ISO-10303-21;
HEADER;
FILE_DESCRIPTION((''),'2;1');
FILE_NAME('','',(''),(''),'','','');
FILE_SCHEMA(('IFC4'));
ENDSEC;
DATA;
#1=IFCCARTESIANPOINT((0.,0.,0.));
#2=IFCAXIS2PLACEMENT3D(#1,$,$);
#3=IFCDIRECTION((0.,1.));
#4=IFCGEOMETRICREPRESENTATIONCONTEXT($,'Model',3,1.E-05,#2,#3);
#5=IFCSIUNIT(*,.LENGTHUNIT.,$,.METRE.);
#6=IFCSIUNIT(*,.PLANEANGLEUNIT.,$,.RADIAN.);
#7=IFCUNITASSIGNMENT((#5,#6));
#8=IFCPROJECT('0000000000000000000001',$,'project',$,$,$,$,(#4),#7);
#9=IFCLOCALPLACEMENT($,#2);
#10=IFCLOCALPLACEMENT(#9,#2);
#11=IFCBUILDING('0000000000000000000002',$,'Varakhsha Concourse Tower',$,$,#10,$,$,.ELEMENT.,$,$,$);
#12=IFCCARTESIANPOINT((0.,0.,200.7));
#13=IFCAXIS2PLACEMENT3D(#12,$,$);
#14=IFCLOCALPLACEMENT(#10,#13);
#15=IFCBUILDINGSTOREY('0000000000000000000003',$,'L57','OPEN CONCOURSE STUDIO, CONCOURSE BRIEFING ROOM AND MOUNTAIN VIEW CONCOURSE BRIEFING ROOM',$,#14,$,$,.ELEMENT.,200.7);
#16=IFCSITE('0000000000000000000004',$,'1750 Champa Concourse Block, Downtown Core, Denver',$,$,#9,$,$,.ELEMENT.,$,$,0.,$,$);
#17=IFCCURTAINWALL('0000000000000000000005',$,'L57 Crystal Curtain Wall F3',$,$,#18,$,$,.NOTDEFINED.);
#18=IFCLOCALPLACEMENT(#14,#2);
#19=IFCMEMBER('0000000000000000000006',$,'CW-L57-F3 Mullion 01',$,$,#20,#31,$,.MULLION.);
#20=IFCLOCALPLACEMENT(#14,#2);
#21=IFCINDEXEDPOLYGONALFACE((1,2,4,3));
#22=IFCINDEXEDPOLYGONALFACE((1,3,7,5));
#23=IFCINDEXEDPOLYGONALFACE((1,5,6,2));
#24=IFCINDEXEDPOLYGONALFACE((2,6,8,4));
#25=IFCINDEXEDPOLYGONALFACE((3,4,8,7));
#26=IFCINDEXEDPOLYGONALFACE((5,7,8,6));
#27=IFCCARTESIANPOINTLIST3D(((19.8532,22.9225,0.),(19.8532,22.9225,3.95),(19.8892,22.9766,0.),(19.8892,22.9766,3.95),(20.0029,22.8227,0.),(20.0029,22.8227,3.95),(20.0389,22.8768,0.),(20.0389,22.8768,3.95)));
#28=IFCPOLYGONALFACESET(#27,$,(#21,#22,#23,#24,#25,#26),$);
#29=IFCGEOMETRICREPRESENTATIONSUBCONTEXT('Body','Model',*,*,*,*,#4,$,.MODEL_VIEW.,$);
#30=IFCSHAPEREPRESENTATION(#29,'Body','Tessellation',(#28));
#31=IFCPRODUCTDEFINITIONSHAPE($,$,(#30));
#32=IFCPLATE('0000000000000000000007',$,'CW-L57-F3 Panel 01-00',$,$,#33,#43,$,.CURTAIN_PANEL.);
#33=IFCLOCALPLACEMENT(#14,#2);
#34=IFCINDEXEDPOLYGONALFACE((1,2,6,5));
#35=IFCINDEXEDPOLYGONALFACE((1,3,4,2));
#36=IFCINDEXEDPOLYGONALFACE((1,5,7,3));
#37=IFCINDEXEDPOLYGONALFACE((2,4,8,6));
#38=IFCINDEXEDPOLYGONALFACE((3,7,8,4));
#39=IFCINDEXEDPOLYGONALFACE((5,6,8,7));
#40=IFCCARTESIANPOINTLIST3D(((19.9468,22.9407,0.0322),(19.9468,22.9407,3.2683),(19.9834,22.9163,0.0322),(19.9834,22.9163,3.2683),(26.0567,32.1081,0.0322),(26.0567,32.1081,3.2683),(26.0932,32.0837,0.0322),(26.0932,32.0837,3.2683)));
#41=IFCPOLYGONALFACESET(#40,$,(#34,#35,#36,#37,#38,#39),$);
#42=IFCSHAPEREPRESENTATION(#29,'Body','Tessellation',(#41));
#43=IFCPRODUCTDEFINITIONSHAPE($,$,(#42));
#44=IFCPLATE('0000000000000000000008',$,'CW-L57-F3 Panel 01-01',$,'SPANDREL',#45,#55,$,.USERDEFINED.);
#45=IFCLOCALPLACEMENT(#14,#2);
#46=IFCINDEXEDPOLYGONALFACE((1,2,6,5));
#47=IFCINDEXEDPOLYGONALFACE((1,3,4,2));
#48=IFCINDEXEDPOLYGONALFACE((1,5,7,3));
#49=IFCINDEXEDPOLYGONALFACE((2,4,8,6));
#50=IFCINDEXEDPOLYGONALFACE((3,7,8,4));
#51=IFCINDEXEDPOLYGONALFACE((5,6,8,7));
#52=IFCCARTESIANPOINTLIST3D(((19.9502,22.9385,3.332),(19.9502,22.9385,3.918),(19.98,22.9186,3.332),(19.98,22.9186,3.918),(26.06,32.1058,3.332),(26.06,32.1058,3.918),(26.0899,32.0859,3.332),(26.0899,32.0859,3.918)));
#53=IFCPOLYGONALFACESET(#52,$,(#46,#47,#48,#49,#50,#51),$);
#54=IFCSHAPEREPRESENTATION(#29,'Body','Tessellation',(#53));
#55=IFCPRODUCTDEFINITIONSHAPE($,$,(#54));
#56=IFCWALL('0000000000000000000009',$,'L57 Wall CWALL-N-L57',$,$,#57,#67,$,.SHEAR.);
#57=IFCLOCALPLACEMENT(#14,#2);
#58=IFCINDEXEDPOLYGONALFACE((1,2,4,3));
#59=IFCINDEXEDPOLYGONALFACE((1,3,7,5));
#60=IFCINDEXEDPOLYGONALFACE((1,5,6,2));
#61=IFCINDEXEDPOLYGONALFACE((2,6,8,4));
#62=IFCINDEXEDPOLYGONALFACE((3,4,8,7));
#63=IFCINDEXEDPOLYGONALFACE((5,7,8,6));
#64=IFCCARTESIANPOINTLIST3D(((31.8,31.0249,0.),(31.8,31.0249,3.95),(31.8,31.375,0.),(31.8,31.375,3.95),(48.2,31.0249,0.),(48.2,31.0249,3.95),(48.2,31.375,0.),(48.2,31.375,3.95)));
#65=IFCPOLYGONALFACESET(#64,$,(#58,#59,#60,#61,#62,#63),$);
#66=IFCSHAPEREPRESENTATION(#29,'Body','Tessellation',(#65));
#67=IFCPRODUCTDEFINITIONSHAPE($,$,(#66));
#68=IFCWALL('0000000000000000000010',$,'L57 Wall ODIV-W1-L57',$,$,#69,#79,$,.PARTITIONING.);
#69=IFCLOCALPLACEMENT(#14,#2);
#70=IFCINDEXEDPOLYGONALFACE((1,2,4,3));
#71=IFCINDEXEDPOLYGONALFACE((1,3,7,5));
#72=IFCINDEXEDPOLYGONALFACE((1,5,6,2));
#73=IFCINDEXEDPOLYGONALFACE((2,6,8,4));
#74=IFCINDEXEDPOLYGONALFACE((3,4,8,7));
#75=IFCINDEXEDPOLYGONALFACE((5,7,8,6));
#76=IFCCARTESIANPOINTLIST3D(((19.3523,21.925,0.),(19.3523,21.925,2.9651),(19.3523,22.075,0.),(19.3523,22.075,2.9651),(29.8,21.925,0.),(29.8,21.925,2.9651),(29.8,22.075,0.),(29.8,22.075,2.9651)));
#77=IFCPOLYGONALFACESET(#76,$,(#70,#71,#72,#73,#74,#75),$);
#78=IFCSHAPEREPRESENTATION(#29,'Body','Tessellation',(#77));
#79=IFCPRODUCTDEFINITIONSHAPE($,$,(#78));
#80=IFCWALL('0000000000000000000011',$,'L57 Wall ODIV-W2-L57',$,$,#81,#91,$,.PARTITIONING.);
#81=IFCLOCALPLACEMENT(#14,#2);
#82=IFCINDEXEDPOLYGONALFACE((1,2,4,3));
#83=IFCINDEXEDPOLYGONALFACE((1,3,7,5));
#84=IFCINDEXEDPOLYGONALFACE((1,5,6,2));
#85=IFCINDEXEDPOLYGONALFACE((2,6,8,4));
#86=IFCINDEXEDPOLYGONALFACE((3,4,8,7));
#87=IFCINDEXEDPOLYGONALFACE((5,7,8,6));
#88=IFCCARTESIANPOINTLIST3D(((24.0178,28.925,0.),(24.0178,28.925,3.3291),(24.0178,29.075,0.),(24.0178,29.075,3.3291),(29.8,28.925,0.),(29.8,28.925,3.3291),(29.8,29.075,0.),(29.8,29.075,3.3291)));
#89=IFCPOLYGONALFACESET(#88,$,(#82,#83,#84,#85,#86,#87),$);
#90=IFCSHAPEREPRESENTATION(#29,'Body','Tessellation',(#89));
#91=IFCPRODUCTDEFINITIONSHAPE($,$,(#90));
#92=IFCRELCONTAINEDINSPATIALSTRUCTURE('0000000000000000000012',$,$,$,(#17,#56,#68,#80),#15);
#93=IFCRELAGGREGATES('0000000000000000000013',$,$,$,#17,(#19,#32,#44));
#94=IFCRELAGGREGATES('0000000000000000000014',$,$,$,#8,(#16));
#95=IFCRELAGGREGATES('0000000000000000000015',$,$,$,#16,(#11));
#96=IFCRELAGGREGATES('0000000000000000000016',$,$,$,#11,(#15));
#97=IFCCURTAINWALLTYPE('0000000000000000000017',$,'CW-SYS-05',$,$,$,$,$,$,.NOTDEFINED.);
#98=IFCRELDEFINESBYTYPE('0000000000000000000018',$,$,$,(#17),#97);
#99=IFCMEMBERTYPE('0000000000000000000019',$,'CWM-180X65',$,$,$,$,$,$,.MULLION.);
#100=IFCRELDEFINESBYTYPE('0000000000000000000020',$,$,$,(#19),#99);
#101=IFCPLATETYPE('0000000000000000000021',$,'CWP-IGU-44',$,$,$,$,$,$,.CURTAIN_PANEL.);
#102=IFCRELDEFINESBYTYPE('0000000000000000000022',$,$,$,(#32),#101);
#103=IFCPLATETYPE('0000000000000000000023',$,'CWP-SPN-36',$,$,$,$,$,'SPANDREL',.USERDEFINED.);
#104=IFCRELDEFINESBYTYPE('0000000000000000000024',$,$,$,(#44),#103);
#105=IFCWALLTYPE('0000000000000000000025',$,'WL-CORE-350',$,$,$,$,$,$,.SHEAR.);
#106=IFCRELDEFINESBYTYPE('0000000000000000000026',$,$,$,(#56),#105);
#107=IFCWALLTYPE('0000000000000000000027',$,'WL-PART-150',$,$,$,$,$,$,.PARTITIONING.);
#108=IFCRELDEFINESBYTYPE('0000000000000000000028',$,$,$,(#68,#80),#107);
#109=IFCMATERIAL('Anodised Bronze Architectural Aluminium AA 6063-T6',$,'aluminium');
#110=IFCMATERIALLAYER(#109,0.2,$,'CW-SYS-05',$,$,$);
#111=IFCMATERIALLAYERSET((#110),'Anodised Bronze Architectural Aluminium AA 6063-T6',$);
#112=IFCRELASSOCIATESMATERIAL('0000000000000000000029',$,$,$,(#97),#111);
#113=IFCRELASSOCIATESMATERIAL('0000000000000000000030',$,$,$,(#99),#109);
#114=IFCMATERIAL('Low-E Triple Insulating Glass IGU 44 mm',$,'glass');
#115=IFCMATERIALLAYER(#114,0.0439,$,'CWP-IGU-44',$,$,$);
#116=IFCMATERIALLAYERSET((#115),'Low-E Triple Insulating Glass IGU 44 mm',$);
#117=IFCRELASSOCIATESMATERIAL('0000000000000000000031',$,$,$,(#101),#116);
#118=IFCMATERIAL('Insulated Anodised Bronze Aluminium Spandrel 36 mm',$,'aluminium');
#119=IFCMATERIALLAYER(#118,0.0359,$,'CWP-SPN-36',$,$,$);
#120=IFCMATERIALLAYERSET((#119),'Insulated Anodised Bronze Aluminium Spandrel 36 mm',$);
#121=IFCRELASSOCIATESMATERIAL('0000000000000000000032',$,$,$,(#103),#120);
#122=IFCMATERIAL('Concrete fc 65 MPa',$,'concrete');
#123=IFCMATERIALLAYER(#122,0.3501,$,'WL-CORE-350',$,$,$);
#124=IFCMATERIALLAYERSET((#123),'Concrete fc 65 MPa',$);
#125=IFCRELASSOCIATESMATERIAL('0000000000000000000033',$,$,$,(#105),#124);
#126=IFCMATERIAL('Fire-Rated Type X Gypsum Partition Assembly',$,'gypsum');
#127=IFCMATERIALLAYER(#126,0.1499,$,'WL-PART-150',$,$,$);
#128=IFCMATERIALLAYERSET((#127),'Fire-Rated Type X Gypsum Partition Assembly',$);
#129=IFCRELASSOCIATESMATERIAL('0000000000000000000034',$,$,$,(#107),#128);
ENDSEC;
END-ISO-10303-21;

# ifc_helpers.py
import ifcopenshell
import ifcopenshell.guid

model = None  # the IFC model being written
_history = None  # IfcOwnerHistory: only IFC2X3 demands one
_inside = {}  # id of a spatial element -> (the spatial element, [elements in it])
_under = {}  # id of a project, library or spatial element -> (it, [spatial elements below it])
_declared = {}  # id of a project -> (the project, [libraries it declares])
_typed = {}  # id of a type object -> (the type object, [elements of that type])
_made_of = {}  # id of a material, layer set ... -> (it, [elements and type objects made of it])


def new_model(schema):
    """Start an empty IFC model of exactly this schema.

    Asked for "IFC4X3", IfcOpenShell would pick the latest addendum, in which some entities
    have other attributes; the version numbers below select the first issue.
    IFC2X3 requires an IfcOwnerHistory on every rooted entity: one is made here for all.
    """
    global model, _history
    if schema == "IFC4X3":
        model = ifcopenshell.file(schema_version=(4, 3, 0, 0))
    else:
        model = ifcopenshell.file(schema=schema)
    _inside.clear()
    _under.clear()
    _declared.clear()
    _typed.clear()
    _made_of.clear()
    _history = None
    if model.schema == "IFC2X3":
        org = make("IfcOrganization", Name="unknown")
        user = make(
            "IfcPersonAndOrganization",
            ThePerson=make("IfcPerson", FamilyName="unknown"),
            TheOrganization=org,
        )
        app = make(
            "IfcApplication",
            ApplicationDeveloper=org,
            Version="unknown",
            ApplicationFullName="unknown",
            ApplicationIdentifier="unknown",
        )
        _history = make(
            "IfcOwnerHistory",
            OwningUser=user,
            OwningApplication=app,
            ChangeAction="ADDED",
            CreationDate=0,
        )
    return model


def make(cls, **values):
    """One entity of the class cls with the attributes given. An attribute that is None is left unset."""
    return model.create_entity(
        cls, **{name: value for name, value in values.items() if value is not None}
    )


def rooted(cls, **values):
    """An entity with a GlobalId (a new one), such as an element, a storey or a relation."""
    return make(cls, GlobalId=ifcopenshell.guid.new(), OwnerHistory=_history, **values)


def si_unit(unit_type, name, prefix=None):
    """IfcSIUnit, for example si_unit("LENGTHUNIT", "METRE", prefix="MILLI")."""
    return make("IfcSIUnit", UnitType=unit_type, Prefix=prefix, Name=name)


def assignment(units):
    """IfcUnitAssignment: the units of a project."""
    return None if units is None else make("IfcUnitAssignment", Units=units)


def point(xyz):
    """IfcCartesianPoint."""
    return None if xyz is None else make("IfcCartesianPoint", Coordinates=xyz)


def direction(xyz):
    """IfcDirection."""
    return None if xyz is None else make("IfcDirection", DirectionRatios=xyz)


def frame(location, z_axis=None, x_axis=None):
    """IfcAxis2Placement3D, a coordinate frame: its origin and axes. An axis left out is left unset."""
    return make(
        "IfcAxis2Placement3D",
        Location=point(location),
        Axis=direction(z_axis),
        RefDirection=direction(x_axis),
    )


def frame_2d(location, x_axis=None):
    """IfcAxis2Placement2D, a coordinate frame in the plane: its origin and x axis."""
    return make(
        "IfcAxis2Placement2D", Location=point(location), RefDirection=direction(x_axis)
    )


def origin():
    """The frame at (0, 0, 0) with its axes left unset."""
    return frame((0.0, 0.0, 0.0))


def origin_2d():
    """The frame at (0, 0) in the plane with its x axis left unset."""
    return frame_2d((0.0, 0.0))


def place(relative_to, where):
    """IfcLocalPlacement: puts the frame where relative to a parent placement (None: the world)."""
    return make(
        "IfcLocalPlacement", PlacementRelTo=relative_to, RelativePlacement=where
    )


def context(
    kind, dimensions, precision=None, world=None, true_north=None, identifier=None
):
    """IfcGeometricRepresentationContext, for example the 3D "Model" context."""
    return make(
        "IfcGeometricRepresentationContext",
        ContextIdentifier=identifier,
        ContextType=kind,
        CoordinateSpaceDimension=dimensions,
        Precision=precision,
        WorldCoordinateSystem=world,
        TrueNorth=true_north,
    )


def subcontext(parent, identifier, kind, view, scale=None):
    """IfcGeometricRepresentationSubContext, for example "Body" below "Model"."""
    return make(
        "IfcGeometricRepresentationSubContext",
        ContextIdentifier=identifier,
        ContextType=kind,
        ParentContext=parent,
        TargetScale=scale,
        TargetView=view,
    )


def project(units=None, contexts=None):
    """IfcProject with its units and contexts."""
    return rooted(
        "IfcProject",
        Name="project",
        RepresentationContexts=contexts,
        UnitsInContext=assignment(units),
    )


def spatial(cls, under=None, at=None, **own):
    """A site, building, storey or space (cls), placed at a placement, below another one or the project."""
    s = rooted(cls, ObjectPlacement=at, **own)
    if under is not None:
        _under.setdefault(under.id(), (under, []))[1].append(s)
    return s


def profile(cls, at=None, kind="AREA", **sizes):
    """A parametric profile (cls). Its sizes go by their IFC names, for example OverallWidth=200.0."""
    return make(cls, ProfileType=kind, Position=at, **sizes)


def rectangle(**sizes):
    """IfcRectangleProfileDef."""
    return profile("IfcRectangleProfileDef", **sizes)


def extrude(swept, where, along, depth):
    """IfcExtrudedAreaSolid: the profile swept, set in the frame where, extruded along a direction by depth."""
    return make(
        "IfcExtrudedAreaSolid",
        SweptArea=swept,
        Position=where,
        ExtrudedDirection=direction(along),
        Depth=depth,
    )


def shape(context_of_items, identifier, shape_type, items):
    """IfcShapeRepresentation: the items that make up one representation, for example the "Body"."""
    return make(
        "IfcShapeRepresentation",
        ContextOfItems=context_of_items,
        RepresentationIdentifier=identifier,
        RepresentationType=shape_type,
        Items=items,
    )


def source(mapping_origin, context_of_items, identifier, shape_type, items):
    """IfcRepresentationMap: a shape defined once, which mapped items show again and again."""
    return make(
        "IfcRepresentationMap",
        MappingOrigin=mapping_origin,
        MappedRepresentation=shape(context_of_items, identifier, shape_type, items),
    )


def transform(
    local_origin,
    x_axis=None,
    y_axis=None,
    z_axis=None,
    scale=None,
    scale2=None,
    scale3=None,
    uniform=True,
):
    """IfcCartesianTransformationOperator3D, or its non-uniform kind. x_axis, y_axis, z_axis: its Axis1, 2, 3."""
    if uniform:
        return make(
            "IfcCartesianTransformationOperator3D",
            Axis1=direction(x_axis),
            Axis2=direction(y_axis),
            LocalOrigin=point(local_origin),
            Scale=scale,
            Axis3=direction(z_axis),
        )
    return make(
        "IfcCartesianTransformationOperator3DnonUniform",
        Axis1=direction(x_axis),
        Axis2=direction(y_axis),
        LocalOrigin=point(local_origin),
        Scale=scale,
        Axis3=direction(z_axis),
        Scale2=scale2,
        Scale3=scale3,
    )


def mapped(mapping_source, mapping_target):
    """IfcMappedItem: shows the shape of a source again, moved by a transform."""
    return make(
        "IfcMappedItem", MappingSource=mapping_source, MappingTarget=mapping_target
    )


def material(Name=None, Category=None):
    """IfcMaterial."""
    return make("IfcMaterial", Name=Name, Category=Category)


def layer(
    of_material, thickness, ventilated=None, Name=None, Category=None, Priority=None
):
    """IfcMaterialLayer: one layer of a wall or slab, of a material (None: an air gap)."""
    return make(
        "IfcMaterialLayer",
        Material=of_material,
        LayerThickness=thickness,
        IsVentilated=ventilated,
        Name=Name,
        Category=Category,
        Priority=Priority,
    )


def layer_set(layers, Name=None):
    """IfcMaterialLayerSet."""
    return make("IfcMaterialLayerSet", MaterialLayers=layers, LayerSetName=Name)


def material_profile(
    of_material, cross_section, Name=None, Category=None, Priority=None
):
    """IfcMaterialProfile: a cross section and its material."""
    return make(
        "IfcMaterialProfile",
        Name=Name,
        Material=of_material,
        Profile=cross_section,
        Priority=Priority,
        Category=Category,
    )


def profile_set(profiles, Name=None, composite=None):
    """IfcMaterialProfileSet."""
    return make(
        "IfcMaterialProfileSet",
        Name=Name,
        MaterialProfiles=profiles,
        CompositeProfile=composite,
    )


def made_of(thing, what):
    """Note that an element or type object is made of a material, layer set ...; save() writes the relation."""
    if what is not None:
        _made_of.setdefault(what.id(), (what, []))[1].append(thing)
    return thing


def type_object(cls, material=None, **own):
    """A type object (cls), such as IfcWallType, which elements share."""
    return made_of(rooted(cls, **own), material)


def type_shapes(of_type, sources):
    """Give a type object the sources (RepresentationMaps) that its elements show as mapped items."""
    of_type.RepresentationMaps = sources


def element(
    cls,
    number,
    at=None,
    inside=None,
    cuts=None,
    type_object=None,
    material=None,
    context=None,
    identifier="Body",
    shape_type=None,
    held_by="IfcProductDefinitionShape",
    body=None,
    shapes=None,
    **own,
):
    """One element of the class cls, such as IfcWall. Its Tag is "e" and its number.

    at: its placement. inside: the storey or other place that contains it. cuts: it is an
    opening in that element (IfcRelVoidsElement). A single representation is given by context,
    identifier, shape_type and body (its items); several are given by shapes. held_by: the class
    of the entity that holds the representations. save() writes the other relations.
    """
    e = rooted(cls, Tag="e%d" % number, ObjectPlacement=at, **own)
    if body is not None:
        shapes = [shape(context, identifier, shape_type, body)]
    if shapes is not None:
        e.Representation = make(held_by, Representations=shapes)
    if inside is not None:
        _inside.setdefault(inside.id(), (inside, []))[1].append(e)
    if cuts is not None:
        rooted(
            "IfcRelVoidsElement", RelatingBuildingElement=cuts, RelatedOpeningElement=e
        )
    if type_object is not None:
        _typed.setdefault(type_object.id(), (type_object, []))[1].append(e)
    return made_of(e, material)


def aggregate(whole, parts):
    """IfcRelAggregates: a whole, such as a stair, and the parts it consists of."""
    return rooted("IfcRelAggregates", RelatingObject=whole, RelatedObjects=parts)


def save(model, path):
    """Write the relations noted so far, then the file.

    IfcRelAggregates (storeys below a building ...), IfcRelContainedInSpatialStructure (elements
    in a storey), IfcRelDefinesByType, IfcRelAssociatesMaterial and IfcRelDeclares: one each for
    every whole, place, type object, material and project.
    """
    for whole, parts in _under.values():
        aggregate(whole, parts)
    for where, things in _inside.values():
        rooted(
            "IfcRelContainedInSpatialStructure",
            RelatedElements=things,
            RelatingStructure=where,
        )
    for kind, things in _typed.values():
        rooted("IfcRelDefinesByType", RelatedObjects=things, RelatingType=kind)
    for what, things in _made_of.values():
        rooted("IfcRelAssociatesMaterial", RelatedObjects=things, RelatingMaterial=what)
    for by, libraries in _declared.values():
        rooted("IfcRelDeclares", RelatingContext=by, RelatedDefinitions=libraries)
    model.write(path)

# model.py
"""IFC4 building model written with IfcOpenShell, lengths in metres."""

from ifc_helpers import new_model, si_unit, direction, frame, frame_2d, origin, origin_2d, place, context, subcontext, project, spatial, rectangle, extrude, source, transform, mapped, material, layer, layer_set, material_profile, profile_set, type_object, type_shapes, element, aggregate, save


model = new_model("IFC4")

# Units and contexts
model_context = context("Model", 3, precision=1e-05, world=origin(), true_north=direction((0.0, 1.0)))
body_context = subcontext(model_context, "Body", "Model", "MODEL_VIEW")
ifc_project = project(units=[si_unit("LENGTHUNIT", "METRE"), si_unit("PLANEANGLEUNIT", "RADIAN")], contexts=[model_context])

# Site, building, storey
site_placement = place(None, origin())
site = spatial("IfcSite", under=ifc_project, at=site_placement, Name="1750 Champa Concourse Block, Downtown Core, Denver", CompositionType="ELEMENT", RefElevation=0.0)
building_placement = place(site_placement, origin())
building = spatial("IfcBuilding", under=site, at=building_placement, Name="Varakhsha Concourse Tower", CompositionType="ELEMENT")
storey_placement = place(building_placement, frame((0.0, 0.0, 200.7)))
storey = spatial("IfcBuildingStorey", under=building, at=storey_placement, Name="L57", Description="OPEN CONCOURSE STUDIO, CONCOURSE BRIEFING ROOM AND MOUNTAIN VIEW CONCOURSE BRIEFING ROOM", CompositionType="ELEMENT", Elevation=200.7)

# Shared definitions
ifc_material_1 = material(Name="Concrete fc 65 MPa", Category="concrete")

# Curtain wall, member, plates
ifc_material_2 = material(Name="Anodised Bronze Architectural Aluminium AA 6063-T6", Category="aluminium")
ifc_layer_1 = layer(ifc_material_2, 0.2, Name="CW-SYS-05")
ifc_layer_set_1 = layer_set([ifc_layer_1], Name="Anodised Bronze Architectural Aluminium AA 6063-T6")
curtain_wall_type = type_object("IfcCurtainWallType", Name="CW-SYS-05", PredefinedType="NOTDEFINED", material=ifc_layer_set_1)
curtain_wall_placement = place(storey_placement, origin())
curtain_wall = element("IfcCurtainWall", 1, at=curtain_wall_placement, inside=storey, type_object=curtain_wall_type, Name="L57 Crystal Curtain Wall F3", PredefinedType="NOTDEFINED")
ifc_material_profile_1 = material_profile(ifc_material_2, rectangle(XDim=0.0649, YDim=0.1799, at=origin_2d()), Name="CWM-180X65")
ifc_profile_set_1 = profile_set([ifc_material_profile_1], Name="Anodised Bronze Architectural Aluminium AA 6063-T6")
member_type = type_object("IfcMemberType", Name="CWM-180X65", PredefinedType="MULLION", material=ifc_profile_set_1)
shared_shape_1 = source(origin(), body_context, "Body", "SweptSolid", [
    extrude(rectangle(XDim=0.0649, YDim=0.1799, at=origin_2d()), origin(), (0.0, 0.0, 1.0), 3.95),
])
type_shapes(member_type, [shared_shape_1])
member_placement = place(storey_placement, frame((19.946, 22.8997, 0.0), z_axis=(0.0, 0.0, 1.0), x_axis=(0.554592, 0.832123, 0.0)))
member = element("IfcMember", 2, at=member_placement, type_object=member_type, Name="CW-L57-F3 Mullion 01", PredefinedType="MULLION", context=body_context, shape_type="MappedRepresentation", body=[
    mapped(shared_shape_1, transform((0.0, 0.0, 0.0), scale=1.0)),
])
ifc_material_3 = material(Name="Low-E Triple Insulating Glass IGU 44 mm", Category="glass")
ifc_layer_2 = layer(ifc_material_3, 0.0439, Name="CWP-IGU-44")
ifc_layer_set_2 = layer_set([ifc_layer_2], Name="Low-E Triple Insulating Glass IGU 44 mm")
plate_type_1 = type_object("IfcPlateType", Name="CWP-IGU-44", PredefinedType="CURTAIN_PANEL", material=ifc_layer_set_2)
shared_shape_2 = source(origin(), body_context, "Body", "SweptSolid", [
    extrude(rectangle(XDim=11.0168, YDim=0.0439, at=origin_2d()), origin(), (0.0, 0.0, 1.0), 3.2361),
])
type_shapes(plate_type_1, [shared_shape_2])
plate_1_placement = place(storey_placement, frame((23.02, 27.5122, 0.0322), z_axis=(0.0, 0.0, 1.0), x_axis=(0.554592, 0.832123, 0.0)))
plate_1 = element("IfcPlate", 3, at=plate_1_placement, type_object=plate_type_1, Name="CW-L57-F3 Panel 01-00", PredefinedType="CURTAIN_PANEL", context=body_context, shape_type="MappedRepresentation", body=[
    mapped(shared_shape_2, transform((0.0, 0.0, 0.0), scale=1.0)),
])
ifc_material_4 = material(Name="Insulated Anodised Bronze Aluminium Spandrel 36 mm", Category="aluminium")
ifc_layer_3 = layer(ifc_material_4, 0.0359, Name="CWP-SPN-36")
ifc_layer_set_3 = layer_set([ifc_layer_3], Name="Insulated Anodised Bronze Aluminium Spandrel 36 mm")
plate_type_2 = type_object("IfcPlateType", Name="CWP-SPN-36", ElementType="SPANDREL", PredefinedType="USERDEFINED", material=ifc_layer_set_3)
shared_shape_3 = source(origin(), body_context, "Body", "SweptSolid", [
    extrude(rectangle(XDim=11.0168, YDim=0.0359, at=origin_2d()), origin(), (0.0, 0.0, 1.0), 0.5859),
])
type_shapes(plate_type_2, [shared_shape_3])
plate_2_placement = place(storey_placement, frame((23.02, 27.5122, 3.332), z_axis=(0.0, 0.0, 1.0), x_axis=(0.554592, 0.832123, 0.0)))
plate_2 = element("IfcPlate", 4, at=plate_2_placement, type_object=plate_type_2, Name="CW-L57-F3 Panel 01-01", ObjectType="SPANDREL", PredefinedType="USERDEFINED", context=body_context, shape_type="MappedRepresentation", body=[
    mapped(shared_shape_3, transform((0.0, 0.0, 0.0), scale=1.0)),
])
aggregate(curtain_wall, [member, plate_1, plate_2])

# Walls
ifc_layer_4 = layer(ifc_material_1, 0.3501, Name="WL-CORE-350")
ifc_layer_set_4 = layer_set([ifc_layer_4], Name="Concrete fc 65 MPa")
wall_type_1 = type_object("IfcWallType", Name="WL-CORE-350", PredefinedType="SHEAR", material=ifc_layer_set_4)
wall_1_placement = place(storey_placement, frame((31.8, 31.2, 0.0), z_axis=(0.0, 0.0, 1.0), x_axis=(1.0, 0.0, 0.0)))
element("IfcWall", 5, at=wall_1_placement, inside=storey, type_object=wall_type_1, Name="L57 Wall CWALL-N-L57", PredefinedType="SHEAR", context=body_context, shape_type="SweptSolid", body=[
    extrude(rectangle(XDim=16.3999, YDim=0.3501, at=frame_2d((8.2, 0.0))), origin(), (0.0, 0.0, 1.0), 3.95),
])
ifc_material_5 = material(Name="Fire-Rated Type X Gypsum Partition Assembly", Category="gypsum")
ifc_layer_5 = layer(ifc_material_5, 0.1499, Name="WL-PART-150")
ifc_layer_set_5 = layer_set([ifc_layer_5], Name="Fire-Rated Type X Gypsum Partition Assembly")
wall_type_2 = type_object("IfcWallType", Name="WL-PART-150", PredefinedType="PARTITIONING", material=ifc_layer_set_5)
wall_2_placement = place(storey_placement, frame((19.3523, 22.0, 0.0), z_axis=(0.0, 0.0, 1.0), x_axis=(1.0, 0.0, 0.0)))
element("IfcWall", 6, at=wall_2_placement, inside=storey, type_object=wall_type_2, Name="L57 Wall ODIV-W1-L57", PredefinedType="PARTITIONING", context=body_context, shape_type="SweptSolid", body=[
    extrude(rectangle(XDim=10.4478, YDim=0.1499, at=frame_2d((5.2239, 0.0))), origin(), (0.0, 0.0, 1.0), 2.9651),
])
wall_3_placement = place(storey_placement, frame((24.0178, 29.0, 0.0), z_axis=(0.0, 0.0, 1.0), x_axis=(1.0, 0.0, 0.0)))
element("IfcWall", 7, at=wall_3_placement, inside=storey, type_object=wall_type_2, Name="L57 Wall ODIV-W2-L57", PredefinedType="PARTITIONING", context=body_context, shape_type="SweptSolid", body=[
    extrude(rectangle(XDim=5.7822, YDim=0.1499, at=frame_2d((2.8911, 0.0))), origin(), (0.0, 0.0, 1.0), 3.3291),
])

save(model, "model.ifc")
